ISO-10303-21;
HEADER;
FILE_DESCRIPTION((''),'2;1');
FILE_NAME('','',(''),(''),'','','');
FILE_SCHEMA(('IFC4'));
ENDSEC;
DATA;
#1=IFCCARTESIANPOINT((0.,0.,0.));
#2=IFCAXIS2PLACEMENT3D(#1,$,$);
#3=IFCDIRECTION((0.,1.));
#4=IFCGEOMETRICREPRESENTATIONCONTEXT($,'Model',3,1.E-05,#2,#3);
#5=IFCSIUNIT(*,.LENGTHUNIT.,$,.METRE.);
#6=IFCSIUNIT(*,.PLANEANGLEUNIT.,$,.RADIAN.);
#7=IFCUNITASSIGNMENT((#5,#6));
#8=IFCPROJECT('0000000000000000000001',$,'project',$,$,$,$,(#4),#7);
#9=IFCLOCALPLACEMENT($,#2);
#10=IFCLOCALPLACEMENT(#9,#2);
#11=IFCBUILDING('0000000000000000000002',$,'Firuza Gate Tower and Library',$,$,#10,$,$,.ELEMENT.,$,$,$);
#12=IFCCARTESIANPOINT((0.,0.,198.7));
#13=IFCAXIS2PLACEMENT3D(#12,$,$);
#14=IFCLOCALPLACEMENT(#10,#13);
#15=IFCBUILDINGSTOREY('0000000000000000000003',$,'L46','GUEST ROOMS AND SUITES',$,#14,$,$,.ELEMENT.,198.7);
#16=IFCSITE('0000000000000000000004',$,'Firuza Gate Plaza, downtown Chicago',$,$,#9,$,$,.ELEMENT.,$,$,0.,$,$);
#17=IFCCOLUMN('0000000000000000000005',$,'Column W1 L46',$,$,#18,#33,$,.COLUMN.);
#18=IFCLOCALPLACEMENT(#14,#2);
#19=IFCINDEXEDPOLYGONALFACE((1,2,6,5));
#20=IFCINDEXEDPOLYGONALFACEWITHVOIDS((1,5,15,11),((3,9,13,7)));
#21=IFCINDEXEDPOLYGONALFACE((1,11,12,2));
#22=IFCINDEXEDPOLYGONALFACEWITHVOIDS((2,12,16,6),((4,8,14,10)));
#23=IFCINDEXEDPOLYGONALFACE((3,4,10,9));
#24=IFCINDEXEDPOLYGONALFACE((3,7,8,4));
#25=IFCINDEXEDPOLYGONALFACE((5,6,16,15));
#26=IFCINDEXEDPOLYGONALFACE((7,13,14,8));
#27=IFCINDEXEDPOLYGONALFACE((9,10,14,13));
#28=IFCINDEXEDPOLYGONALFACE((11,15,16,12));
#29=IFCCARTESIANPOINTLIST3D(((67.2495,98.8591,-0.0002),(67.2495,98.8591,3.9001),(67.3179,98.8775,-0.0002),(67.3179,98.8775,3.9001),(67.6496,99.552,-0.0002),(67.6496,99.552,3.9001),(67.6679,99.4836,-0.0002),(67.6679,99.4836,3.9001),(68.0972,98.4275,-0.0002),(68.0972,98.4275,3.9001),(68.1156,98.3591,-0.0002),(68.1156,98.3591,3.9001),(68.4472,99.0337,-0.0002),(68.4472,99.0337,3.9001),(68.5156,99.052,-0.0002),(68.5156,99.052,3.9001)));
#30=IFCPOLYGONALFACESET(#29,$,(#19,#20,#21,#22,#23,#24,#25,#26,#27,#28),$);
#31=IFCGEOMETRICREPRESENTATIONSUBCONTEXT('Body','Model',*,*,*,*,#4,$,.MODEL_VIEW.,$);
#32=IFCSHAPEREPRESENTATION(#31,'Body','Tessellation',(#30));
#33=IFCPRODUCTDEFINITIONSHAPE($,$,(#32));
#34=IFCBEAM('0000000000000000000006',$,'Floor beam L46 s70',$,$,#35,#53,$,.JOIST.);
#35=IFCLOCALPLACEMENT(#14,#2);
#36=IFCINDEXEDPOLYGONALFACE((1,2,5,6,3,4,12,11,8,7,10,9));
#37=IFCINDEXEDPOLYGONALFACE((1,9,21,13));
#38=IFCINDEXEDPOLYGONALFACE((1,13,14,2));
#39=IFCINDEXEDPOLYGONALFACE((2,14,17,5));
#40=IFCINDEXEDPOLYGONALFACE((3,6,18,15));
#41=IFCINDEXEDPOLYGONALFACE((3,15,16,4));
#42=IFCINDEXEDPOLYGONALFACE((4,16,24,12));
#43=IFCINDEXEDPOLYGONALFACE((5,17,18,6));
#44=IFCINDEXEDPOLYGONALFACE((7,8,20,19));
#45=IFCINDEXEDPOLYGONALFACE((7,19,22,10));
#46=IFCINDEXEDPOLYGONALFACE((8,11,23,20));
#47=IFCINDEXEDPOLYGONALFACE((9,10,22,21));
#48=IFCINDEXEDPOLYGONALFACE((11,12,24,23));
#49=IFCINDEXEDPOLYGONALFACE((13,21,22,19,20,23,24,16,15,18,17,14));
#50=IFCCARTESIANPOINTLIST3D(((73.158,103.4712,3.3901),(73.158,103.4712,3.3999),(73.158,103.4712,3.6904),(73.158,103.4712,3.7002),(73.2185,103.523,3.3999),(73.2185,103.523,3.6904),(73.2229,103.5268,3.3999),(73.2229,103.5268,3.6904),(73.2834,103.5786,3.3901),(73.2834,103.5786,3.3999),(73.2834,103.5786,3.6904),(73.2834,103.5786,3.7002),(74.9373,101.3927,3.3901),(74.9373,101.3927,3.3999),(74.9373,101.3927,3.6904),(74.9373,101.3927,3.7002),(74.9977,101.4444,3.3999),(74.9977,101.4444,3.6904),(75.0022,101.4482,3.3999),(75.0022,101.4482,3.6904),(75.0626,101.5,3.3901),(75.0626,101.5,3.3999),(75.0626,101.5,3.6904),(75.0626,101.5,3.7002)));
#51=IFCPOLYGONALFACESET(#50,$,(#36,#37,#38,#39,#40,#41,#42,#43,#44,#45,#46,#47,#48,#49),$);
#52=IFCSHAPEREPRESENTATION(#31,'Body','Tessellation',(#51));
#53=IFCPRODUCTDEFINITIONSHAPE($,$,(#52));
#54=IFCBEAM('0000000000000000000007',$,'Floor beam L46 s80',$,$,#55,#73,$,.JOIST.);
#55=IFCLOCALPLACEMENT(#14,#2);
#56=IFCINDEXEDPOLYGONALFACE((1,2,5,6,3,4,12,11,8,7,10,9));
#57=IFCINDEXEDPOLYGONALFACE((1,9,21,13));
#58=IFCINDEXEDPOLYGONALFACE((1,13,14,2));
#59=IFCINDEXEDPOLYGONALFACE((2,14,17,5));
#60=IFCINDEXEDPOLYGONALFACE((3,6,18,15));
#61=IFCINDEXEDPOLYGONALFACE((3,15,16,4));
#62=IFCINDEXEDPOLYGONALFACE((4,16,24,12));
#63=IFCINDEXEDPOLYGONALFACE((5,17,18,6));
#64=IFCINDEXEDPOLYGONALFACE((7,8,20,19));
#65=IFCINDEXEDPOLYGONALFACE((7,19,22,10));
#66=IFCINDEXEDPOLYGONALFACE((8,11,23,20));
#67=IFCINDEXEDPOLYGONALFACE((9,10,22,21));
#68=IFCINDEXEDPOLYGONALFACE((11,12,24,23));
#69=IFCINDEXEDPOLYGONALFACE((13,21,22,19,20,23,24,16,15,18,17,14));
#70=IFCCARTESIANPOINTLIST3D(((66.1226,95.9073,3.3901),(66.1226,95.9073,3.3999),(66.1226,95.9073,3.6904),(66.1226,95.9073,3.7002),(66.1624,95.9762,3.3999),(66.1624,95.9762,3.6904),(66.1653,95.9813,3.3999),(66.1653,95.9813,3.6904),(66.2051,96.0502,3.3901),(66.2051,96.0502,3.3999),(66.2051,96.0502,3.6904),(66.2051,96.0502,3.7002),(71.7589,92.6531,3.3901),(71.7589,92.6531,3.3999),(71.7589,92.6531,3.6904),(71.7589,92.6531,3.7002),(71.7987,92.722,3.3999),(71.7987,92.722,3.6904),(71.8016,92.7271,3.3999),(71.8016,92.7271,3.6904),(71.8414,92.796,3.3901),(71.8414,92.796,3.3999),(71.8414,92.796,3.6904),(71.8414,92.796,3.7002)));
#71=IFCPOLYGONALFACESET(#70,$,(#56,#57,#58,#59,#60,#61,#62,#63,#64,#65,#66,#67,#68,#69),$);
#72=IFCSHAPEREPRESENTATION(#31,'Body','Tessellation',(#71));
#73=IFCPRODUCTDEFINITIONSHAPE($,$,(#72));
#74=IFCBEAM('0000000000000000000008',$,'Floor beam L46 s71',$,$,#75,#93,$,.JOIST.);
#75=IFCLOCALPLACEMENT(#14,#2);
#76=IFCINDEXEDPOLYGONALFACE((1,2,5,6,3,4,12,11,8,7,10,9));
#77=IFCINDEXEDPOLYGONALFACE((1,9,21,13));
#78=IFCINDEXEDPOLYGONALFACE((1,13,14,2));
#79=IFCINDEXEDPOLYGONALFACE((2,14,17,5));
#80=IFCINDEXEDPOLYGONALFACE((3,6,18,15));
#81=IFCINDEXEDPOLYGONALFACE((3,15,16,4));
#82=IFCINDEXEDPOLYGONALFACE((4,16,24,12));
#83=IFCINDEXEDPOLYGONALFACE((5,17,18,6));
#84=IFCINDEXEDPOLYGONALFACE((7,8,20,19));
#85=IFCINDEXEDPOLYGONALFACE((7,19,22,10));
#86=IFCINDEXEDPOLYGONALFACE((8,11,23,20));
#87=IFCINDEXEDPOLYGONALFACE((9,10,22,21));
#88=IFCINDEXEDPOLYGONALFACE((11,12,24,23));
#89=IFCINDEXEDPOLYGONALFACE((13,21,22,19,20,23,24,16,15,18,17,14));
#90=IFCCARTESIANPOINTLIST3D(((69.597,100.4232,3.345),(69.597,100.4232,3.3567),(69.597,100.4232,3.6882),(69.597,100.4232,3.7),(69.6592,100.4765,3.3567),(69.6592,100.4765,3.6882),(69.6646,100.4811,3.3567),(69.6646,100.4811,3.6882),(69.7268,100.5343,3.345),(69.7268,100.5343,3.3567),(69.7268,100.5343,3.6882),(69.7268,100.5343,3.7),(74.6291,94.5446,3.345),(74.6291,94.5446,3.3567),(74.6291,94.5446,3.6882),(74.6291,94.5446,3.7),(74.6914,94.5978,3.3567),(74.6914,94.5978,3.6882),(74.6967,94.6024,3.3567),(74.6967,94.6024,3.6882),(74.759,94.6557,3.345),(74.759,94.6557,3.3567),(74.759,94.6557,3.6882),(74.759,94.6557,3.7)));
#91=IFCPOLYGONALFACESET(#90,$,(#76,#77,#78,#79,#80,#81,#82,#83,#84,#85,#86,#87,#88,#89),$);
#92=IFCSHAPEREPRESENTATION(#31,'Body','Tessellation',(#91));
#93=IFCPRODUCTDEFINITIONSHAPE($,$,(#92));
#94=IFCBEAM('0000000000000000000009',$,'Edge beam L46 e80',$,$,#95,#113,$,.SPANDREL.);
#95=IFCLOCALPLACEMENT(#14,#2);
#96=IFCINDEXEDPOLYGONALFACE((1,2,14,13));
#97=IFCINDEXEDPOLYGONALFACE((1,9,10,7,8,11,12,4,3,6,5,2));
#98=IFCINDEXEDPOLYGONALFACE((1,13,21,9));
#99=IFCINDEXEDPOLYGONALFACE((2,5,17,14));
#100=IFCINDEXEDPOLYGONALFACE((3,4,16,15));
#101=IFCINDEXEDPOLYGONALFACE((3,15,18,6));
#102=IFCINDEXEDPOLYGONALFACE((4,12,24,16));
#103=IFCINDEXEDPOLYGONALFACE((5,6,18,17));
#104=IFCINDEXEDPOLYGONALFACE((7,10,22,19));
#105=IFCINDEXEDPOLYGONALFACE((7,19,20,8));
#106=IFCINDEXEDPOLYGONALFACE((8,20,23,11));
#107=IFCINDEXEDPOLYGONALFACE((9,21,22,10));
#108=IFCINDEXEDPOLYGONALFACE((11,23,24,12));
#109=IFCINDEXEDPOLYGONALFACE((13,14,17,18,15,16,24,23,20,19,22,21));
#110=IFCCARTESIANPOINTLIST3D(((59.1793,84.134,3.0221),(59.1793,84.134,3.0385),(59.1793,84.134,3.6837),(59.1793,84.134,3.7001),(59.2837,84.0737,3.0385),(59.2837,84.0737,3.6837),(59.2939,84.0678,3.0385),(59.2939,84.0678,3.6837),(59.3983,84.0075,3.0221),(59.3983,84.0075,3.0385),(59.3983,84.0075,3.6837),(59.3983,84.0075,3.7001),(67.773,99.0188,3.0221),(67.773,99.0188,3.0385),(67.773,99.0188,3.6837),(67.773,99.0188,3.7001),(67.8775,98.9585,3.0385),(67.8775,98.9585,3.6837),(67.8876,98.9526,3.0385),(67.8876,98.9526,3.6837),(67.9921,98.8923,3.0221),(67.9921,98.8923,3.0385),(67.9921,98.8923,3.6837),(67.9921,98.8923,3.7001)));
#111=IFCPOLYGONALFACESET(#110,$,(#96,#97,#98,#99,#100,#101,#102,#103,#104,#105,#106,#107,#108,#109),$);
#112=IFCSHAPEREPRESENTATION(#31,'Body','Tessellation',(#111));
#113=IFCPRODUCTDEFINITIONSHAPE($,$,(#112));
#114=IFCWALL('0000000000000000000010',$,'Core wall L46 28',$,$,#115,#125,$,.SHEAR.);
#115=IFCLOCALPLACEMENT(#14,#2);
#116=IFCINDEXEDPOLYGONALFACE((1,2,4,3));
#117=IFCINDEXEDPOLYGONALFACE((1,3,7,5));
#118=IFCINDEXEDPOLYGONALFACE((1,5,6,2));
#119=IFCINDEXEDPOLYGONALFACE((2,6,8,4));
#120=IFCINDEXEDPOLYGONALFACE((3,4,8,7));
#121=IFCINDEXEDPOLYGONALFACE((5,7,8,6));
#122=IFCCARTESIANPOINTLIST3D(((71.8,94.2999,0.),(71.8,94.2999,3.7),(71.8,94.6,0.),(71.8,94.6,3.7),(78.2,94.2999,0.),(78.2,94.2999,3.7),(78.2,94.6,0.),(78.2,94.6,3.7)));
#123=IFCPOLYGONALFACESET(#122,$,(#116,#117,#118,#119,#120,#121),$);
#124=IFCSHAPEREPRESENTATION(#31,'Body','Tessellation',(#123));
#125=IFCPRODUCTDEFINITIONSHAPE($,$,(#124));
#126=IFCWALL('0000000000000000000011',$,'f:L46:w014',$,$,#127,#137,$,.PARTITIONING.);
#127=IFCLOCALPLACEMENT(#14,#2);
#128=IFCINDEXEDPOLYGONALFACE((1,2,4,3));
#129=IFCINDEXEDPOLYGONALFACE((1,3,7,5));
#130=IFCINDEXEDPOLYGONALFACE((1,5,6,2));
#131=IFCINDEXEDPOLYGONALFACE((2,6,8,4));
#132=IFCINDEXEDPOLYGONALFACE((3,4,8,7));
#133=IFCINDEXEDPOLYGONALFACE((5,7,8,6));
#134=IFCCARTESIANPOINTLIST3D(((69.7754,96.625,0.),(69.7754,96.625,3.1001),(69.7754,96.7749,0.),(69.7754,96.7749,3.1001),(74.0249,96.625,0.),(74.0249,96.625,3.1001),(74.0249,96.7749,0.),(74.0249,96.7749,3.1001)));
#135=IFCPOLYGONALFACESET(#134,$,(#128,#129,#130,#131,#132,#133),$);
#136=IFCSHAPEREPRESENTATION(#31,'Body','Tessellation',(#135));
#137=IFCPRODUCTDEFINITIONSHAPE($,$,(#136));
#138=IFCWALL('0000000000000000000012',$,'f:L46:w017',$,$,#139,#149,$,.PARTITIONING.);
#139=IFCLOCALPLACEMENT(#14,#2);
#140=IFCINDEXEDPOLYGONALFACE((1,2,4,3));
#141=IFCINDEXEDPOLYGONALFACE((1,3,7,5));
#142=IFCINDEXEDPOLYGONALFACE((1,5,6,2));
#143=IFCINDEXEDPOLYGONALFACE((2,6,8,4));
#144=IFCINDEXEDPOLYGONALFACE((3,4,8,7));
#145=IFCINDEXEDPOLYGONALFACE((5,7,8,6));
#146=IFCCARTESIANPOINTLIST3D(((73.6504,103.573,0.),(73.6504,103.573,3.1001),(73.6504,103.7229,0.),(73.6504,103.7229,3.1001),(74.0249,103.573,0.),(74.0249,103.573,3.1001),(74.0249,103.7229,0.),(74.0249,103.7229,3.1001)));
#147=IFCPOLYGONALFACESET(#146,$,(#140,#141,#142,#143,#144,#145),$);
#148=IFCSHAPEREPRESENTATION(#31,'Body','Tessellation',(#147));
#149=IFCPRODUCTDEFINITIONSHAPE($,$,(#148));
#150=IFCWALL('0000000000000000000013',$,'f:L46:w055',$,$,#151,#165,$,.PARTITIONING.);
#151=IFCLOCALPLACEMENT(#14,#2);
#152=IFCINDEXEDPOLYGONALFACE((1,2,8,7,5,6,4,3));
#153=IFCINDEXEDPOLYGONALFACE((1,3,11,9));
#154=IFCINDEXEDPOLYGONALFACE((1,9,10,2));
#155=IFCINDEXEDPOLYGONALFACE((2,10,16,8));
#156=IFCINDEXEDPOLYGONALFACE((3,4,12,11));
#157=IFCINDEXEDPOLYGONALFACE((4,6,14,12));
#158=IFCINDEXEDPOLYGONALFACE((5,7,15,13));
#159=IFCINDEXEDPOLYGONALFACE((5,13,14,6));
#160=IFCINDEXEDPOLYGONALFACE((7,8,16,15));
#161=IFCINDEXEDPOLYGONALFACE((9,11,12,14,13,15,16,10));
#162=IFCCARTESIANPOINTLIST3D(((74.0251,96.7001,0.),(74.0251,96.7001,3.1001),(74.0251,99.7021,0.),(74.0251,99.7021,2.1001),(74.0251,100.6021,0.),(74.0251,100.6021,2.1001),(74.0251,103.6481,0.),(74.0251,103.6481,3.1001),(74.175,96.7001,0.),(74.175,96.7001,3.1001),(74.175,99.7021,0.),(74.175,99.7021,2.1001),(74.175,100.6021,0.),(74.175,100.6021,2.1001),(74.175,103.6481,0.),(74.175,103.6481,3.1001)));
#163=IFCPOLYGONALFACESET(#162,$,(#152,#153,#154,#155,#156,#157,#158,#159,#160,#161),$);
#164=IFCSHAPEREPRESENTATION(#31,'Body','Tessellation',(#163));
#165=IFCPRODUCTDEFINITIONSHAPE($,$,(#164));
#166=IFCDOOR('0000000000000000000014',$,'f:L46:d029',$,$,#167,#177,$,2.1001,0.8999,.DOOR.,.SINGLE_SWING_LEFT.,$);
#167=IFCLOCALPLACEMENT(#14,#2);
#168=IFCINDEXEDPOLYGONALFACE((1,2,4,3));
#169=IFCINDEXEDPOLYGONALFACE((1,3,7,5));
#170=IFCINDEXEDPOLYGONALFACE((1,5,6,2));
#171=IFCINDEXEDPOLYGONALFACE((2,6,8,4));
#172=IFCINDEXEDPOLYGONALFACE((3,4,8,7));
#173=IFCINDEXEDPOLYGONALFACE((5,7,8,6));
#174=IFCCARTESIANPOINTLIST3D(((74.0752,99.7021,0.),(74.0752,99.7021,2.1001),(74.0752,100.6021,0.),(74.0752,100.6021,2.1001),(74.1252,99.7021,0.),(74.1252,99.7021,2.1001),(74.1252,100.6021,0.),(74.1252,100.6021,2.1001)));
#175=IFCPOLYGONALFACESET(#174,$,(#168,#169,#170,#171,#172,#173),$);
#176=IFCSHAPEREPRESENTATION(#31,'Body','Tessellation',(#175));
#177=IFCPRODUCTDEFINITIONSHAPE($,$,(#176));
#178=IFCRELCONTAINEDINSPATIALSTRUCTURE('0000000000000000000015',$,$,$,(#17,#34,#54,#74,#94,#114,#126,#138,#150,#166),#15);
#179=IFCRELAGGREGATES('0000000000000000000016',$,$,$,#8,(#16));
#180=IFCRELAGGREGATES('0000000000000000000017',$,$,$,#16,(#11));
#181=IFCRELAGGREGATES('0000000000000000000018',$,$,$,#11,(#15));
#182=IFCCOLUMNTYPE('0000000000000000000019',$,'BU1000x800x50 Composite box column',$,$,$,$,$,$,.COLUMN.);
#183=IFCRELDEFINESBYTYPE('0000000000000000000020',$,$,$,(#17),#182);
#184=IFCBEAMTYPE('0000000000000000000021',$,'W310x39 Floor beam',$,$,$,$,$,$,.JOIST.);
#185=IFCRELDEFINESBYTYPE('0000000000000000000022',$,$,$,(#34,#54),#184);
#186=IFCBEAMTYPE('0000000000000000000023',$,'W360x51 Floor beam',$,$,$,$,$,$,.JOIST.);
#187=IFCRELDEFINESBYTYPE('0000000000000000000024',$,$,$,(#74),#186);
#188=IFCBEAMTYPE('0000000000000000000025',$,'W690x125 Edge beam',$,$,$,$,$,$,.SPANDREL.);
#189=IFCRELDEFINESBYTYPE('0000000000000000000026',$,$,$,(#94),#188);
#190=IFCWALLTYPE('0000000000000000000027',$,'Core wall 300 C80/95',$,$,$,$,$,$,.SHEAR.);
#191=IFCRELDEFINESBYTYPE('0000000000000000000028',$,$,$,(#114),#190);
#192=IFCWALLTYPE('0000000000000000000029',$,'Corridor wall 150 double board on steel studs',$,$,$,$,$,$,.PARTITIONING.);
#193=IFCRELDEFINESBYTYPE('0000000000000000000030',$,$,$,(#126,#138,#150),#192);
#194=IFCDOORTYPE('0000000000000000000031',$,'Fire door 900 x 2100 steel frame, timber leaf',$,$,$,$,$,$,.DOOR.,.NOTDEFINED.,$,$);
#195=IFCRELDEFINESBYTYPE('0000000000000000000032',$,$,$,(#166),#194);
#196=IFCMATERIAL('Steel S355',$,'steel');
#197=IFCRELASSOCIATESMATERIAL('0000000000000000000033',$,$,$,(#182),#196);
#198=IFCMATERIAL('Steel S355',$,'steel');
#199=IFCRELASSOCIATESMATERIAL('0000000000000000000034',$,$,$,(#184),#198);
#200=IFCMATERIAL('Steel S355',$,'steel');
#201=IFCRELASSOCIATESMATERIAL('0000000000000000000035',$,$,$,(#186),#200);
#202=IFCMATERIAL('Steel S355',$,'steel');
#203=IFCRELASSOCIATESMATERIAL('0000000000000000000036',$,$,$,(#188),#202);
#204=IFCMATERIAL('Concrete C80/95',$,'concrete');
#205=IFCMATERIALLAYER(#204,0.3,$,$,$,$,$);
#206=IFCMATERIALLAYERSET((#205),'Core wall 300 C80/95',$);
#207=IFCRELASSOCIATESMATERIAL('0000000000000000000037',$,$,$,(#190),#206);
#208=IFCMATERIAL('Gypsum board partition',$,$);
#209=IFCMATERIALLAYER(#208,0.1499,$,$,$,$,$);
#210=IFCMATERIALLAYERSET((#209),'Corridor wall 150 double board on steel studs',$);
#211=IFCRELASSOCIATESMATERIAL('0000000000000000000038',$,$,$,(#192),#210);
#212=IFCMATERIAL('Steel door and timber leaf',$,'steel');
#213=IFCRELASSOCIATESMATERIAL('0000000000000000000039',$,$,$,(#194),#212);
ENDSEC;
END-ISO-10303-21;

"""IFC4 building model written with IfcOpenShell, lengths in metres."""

from ifc_helpers import new_model, si_unit, direction, frame, frame_2d, origin, origin_2d, place, context, subcontext, project, spatial, rectangle, hollow_rectangle, i_section, extrude, material, layer, layer_set, material_profile, profile_set, type_object, element, fill, save


model = new_model("IFC4")

# Units and contexts
model_context = context("Model", 3, precision=1e-05, world=origin(), true_north=direction((0.0, 1.0)))
body_context = subcontext(model_context, "Body", "Model", "MODEL_VIEW")
ifc_project = project(units=[si_unit("LENGTHUNIT", "METRE"), si_unit("PLANEANGLEUNIT", "RADIAN")], contexts=[model_context])

# Site, building, storey
site_placement = place(None, origin())
site = spatial("IfcSite", under=ifc_project, at=site_placement, Name="Firuza Gate Plaza, downtown Chicago", CompositionType="ELEMENT", RefElevation=0.0)
building_placement = place(site_placement, origin())
building = spatial("IfcBuilding", under=site, at=building_placement, Name="Firuza Gate Tower and Library", CompositionType="ELEMENT")
storey_placement = place(building_placement, frame((0.0, 0.0, 198.7)))
storey = spatial("IfcBuildingStorey", under=building, at=storey_placement, Name="L46", Description="GUEST ROOMS AND SUITES", CompositionType="ELEMENT", Elevation=198.7)

# Column
ifc_material_1 = material(Name="Steel S355", Category="steel")
ifc_material_profile_1 = material_profile(ifc_material_1, hollow_rectangle(XDim=0.8, YDim=1.0, WallThickness=0.05, at=origin_2d()))
ifc_profile_set_1 = profile_set([ifc_material_profile_1], Name="Steel S355")
column_type = type_object("IfcColumnType", Name="BU1000x800x50 Composite box column", PredefinedType="COLUMN", material=ifc_profile_set_1)
column_placement = place(storey_placement, frame((67.8826, 98.9556, -0.0002), z_axis=(0.0, 0.0, 1.0), x_axis=(-0.5, -0.866025, 0.0)))
element("IfcColumn", 1, at=column_placement, inside=storey, type_object=column_type, Name="Column W1 L46", PredefinedType="COLUMN", context=body_context, shape_type="SweptSolid", body=[
    extrude(hollow_rectangle(XDim=0.8, YDim=1.0, WallThickness=0.05, at=origin_2d()), origin(), (0.0, 0.0, 1.0), 3.9004),
])

# Beams
ifc_material_2 = material(Name="Steel S355", Category="steel")
ifc_material_profile_2 = material_profile(ifc_material_2, i_section(OverallWidth=0.165, OverallDepth=0.3101, WebThickness=0.0059, FlangeThickness=0.0098, at=origin_2d()))
ifc_profile_set_2 = profile_set([ifc_material_profile_2], Name="Steel S355")
beam_type_1 = type_object("IfcBeamType", Name="W310x39 Floor beam", PredefinedType="JOIST", material=ifc_profile_set_2)
beam_1_placement = place(storey_placement, frame((73.2207, 103.5249, 3.5452), z_axis=(0.650292, -0.759685, 0.0), x_axis=(0.759685, 0.650292, 0.0)))
element("IfcBeam", 2, at=beam_1_placement, inside=storey, type_object=beam_type_1, Name="Floor beam L46 s70", PredefinedType="JOIST", context=body_context, shape_type="SweptSolid", body=[
    extrude(i_section(OverallWidth=0.165, OverallDepth=0.3101, WebThickness=0.0059, FlangeThickness=0.0098, at=origin_2d()), origin(), (0.0, 0.0, 1.0), 2.7361),
])
beam_2_placement = place(storey_placement, frame((66.1638, 95.9788, 3.5452), z_axis=(0.866021, -0.500008, 0.0), x_axis=(0.500008, 0.866021, 0.0)))
element("IfcBeam", 3, at=beam_2_placement, inside=storey, type_object=beam_type_1, Name="Floor beam L46 s80", PredefinedType="JOIST", context=body_context, shape_type="SweptSolid", body=[
    extrude(i_section(OverallWidth=0.165, OverallDepth=0.3101, WebThickness=0.0059, FlangeThickness=0.0098, at=origin_2d()), origin(), (0.0, 0.0, 1.0), 6.5083),
])
ifc_material_3 = material(Name="Steel S355", Category="steel")
ifc_material_profile_3 = material_profile(ifc_material_3, i_section(OverallWidth=0.1709, OverallDepth=0.355, WebThickness=0.0071, FlangeThickness=0.0117, at=origin_2d()))
ifc_profile_set_3 = profile_set([ifc_material_profile_3], Name="Steel S355")
beam_type_2 = type_object("IfcBeamType", Name="W360x51 Floor beam", PredefinedType="JOIST", material=ifc_profile_set_3)
beam_3_placement = place(storey_placement, frame((69.6619, 100.4788, 3.5225), z_axis=(0.650298, -0.75968, 0.0), x_axis=(0.75968, 0.650298, 0.0)))
element("IfcBeam", 4, at=beam_3_placement, inside=storey, type_object=beam_type_2, Name="Floor beam L46 s71", PredefinedType="JOIST", context=body_context, shape_type="SweptSolid", body=[
    extrude(i_section(OverallWidth=0.1709, OverallDepth=0.355, WebThickness=0.0071, FlangeThickness=0.0117, at=origin_2d()), origin(), (0.0, 0.0, 1.0), 7.7383),
])
ifc_material_4 = material(Name="Steel S355", Category="steel")
ifc_material_profile_4 = material_profile(ifc_material_4, i_section(OverallWidth=0.2529, OverallDepth=0.678, WebThickness=0.0117, FlangeThickness=0.0164, at=origin_2d()))
ifc_profile_set_4 = profile_set([ifc_material_profile_4], Name="Steel S355")
beam_type_3 = type_object("IfcBeamType", Name="W690x125 Edge beam", PredefinedType="SPANDREL", material=ifc_profile_set_4)
beam_4_placement = place(storey_placement, frame((67.8826, 98.9556, 3.3611), z_axis=(-0.500001, -0.866025, 0.0), x_axis=(0.866025, -0.500001, 0.0)))
element("IfcBeam", 5, at=beam_4_placement, inside=storey, type_object=beam_type_3, Name="Edge beam L46 e80", PredefinedType="SPANDREL", context=body_context, shape_type="SweptSolid", body=[
    extrude(i_section(OverallWidth=0.2529, OverallDepth=0.678, WebThickness=0.0117, FlangeThickness=0.0164, at=origin_2d()), origin(), (0.0, 0.0, 1.0), 17.1875),
])

# Walls
ifc_material_5 = material(Name="Concrete C80/95", Category="concrete")
ifc_layer_1 = layer(ifc_material_5, 0.3)
ifc_layer_set_1 = layer_set([ifc_layer_1], Name="Core wall 300 C80/95")
wall_type_1 = type_object("IfcWallType", Name="Core wall 300 C80/95", PredefinedType="SHEAR", material=ifc_layer_set_1)
wall_1_placement = place(storey_placement, frame((71.8, 94.45, 0.0), z_axis=(0.0, 0.0, 1.0), x_axis=(1.0, 0.0, 0.0)))
element("IfcWall", 6, at=wall_1_placement, inside=storey, type_object=wall_type_1, Name="Core wall L46 28", PredefinedType="SHEAR", context=body_context, shape_type="SweptSolid", body=[
    extrude(rectangle(XDim=6.3999, YDim=0.3, at=frame_2d((3.2, 0.0))), origin(), (0.0, 0.0, 1.0), 3.7),
])
ifc_material_6 = material(Name="Gypsum board partition")
ifc_layer_2 = layer(ifc_material_6, 0.1499)
ifc_layer_set_2 = layer_set([ifc_layer_2], Name="Corridor wall 150 double board on steel studs")
wall_type_2 = type_object("IfcWallType", Name="Corridor wall 150 double board on steel studs", PredefinedType="PARTITIONING", material=ifc_layer_set_2)
wall_2_placement = place(storey_placement, frame((69.7754, 96.7, 0.0), z_axis=(0.0, 0.0, 1.0), x_axis=(1.0, 0.0, 0.0)))
element("IfcWall", 7, at=wall_2_placement, inside=storey, type_object=wall_type_2, Name="f:L46:w014", PredefinedType="PARTITIONING", context=body_context, shape_type="SweptSolid", body=[
    extrude(rectangle(XDim=4.2495, YDim=0.1499, at=frame_2d((2.1248, 0.0))), origin(), (0.0, 0.0, 1.0), 3.1001),
])
wall_3_placement = place(storey_placement, frame((73.6504, 103.6479, 0.0), z_axis=(0.0, 0.0, 1.0), x_axis=(1.0, 0.0, 0.0)))
element("IfcWall", 8, at=wall_3_placement, inside=storey, type_object=wall_type_2, Name="f:L46:w017", PredefinedType="PARTITIONING", context=body_context, shape_type="SweptSolid", body=[
    extrude(rectangle(XDim=0.3745, YDim=0.1499, at=frame_2d((0.1873, 0.0))), origin(), (0.0, 0.0, 1.0), 3.1001),
])

# Wall, opening, door
wall_4_placement = place(storey_placement, frame((74.1001, 96.7, 0.0), z_axis=(0.0, 0.0, 1.0), x_axis=(0.0, 1.0, 0.0)))
wall_4 = element("IfcWall", 9, at=wall_4_placement, inside=storey, type_object=wall_type_2, Name="f:L46:w055", PredefinedType="PARTITIONING", context=body_context, shape_type="SweptSolid", body=[
    extrude(rectangle(XDim=6.948, YDim=0.1499, at=frame_2d((3.4741, 0.0))), origin(), (0.0, 0.0, 1.0), 3.1001),
])
opening_1_placement = place(wall_4_placement, frame((3.0022, 0.0, 0.0)))
opening_1 = element("IfcOpeningElement", 10, at=opening_1_placement, cuts=wall_4, PredefinedType="OPENING", context=body_context, shape_type="SweptSolid", body=[
    extrude(rectangle(XDim=0.8999, YDim=2.1001, at=frame_2d((0.45, 1.05))), frame((0.0, 0.085, 0.0), z_axis=(0.0, -1.0, 0.0), x_axis=(1.0, 0.0, 0.0)), (0.0, 0.0, 1.0), 0.1699),
])
ifc_material_7 = material(Name="Steel door and timber leaf", Category="steel")
door_type_1 = type_object("IfcDoorType", Name="Fire door 900 x 2100 steel frame, timber leaf", OperationType="NOTDEFINED", PredefinedType="DOOR", material=ifc_material_7)
door_1_placement = place(opening_1_placement, origin())
door_1 = element("IfcDoor", 11, at=door_1_placement, inside=storey, type_object=door_type_1, Name="f:L46:d029", OperationType="SINGLE_SWING_LEFT", OverallHeight=2.1001, OverallWidth=0.8999, PredefinedType="DOOR", context=body_context, shape_type="SweptSolid", body=[
    extrude(rectangle(XDim=0.8999, YDim=2.1001, at=frame_2d((0.45, 1.05))), frame((0.0, 0.0249, 0.0), z_axis=(0.0, -1.0, 0.0), x_axis=(1.0, 0.0, 0.0)), (0.0, 0.0, 1.0), 0.05),
])
fill(opening_1, door_1)

save(model, "model.ifc")
